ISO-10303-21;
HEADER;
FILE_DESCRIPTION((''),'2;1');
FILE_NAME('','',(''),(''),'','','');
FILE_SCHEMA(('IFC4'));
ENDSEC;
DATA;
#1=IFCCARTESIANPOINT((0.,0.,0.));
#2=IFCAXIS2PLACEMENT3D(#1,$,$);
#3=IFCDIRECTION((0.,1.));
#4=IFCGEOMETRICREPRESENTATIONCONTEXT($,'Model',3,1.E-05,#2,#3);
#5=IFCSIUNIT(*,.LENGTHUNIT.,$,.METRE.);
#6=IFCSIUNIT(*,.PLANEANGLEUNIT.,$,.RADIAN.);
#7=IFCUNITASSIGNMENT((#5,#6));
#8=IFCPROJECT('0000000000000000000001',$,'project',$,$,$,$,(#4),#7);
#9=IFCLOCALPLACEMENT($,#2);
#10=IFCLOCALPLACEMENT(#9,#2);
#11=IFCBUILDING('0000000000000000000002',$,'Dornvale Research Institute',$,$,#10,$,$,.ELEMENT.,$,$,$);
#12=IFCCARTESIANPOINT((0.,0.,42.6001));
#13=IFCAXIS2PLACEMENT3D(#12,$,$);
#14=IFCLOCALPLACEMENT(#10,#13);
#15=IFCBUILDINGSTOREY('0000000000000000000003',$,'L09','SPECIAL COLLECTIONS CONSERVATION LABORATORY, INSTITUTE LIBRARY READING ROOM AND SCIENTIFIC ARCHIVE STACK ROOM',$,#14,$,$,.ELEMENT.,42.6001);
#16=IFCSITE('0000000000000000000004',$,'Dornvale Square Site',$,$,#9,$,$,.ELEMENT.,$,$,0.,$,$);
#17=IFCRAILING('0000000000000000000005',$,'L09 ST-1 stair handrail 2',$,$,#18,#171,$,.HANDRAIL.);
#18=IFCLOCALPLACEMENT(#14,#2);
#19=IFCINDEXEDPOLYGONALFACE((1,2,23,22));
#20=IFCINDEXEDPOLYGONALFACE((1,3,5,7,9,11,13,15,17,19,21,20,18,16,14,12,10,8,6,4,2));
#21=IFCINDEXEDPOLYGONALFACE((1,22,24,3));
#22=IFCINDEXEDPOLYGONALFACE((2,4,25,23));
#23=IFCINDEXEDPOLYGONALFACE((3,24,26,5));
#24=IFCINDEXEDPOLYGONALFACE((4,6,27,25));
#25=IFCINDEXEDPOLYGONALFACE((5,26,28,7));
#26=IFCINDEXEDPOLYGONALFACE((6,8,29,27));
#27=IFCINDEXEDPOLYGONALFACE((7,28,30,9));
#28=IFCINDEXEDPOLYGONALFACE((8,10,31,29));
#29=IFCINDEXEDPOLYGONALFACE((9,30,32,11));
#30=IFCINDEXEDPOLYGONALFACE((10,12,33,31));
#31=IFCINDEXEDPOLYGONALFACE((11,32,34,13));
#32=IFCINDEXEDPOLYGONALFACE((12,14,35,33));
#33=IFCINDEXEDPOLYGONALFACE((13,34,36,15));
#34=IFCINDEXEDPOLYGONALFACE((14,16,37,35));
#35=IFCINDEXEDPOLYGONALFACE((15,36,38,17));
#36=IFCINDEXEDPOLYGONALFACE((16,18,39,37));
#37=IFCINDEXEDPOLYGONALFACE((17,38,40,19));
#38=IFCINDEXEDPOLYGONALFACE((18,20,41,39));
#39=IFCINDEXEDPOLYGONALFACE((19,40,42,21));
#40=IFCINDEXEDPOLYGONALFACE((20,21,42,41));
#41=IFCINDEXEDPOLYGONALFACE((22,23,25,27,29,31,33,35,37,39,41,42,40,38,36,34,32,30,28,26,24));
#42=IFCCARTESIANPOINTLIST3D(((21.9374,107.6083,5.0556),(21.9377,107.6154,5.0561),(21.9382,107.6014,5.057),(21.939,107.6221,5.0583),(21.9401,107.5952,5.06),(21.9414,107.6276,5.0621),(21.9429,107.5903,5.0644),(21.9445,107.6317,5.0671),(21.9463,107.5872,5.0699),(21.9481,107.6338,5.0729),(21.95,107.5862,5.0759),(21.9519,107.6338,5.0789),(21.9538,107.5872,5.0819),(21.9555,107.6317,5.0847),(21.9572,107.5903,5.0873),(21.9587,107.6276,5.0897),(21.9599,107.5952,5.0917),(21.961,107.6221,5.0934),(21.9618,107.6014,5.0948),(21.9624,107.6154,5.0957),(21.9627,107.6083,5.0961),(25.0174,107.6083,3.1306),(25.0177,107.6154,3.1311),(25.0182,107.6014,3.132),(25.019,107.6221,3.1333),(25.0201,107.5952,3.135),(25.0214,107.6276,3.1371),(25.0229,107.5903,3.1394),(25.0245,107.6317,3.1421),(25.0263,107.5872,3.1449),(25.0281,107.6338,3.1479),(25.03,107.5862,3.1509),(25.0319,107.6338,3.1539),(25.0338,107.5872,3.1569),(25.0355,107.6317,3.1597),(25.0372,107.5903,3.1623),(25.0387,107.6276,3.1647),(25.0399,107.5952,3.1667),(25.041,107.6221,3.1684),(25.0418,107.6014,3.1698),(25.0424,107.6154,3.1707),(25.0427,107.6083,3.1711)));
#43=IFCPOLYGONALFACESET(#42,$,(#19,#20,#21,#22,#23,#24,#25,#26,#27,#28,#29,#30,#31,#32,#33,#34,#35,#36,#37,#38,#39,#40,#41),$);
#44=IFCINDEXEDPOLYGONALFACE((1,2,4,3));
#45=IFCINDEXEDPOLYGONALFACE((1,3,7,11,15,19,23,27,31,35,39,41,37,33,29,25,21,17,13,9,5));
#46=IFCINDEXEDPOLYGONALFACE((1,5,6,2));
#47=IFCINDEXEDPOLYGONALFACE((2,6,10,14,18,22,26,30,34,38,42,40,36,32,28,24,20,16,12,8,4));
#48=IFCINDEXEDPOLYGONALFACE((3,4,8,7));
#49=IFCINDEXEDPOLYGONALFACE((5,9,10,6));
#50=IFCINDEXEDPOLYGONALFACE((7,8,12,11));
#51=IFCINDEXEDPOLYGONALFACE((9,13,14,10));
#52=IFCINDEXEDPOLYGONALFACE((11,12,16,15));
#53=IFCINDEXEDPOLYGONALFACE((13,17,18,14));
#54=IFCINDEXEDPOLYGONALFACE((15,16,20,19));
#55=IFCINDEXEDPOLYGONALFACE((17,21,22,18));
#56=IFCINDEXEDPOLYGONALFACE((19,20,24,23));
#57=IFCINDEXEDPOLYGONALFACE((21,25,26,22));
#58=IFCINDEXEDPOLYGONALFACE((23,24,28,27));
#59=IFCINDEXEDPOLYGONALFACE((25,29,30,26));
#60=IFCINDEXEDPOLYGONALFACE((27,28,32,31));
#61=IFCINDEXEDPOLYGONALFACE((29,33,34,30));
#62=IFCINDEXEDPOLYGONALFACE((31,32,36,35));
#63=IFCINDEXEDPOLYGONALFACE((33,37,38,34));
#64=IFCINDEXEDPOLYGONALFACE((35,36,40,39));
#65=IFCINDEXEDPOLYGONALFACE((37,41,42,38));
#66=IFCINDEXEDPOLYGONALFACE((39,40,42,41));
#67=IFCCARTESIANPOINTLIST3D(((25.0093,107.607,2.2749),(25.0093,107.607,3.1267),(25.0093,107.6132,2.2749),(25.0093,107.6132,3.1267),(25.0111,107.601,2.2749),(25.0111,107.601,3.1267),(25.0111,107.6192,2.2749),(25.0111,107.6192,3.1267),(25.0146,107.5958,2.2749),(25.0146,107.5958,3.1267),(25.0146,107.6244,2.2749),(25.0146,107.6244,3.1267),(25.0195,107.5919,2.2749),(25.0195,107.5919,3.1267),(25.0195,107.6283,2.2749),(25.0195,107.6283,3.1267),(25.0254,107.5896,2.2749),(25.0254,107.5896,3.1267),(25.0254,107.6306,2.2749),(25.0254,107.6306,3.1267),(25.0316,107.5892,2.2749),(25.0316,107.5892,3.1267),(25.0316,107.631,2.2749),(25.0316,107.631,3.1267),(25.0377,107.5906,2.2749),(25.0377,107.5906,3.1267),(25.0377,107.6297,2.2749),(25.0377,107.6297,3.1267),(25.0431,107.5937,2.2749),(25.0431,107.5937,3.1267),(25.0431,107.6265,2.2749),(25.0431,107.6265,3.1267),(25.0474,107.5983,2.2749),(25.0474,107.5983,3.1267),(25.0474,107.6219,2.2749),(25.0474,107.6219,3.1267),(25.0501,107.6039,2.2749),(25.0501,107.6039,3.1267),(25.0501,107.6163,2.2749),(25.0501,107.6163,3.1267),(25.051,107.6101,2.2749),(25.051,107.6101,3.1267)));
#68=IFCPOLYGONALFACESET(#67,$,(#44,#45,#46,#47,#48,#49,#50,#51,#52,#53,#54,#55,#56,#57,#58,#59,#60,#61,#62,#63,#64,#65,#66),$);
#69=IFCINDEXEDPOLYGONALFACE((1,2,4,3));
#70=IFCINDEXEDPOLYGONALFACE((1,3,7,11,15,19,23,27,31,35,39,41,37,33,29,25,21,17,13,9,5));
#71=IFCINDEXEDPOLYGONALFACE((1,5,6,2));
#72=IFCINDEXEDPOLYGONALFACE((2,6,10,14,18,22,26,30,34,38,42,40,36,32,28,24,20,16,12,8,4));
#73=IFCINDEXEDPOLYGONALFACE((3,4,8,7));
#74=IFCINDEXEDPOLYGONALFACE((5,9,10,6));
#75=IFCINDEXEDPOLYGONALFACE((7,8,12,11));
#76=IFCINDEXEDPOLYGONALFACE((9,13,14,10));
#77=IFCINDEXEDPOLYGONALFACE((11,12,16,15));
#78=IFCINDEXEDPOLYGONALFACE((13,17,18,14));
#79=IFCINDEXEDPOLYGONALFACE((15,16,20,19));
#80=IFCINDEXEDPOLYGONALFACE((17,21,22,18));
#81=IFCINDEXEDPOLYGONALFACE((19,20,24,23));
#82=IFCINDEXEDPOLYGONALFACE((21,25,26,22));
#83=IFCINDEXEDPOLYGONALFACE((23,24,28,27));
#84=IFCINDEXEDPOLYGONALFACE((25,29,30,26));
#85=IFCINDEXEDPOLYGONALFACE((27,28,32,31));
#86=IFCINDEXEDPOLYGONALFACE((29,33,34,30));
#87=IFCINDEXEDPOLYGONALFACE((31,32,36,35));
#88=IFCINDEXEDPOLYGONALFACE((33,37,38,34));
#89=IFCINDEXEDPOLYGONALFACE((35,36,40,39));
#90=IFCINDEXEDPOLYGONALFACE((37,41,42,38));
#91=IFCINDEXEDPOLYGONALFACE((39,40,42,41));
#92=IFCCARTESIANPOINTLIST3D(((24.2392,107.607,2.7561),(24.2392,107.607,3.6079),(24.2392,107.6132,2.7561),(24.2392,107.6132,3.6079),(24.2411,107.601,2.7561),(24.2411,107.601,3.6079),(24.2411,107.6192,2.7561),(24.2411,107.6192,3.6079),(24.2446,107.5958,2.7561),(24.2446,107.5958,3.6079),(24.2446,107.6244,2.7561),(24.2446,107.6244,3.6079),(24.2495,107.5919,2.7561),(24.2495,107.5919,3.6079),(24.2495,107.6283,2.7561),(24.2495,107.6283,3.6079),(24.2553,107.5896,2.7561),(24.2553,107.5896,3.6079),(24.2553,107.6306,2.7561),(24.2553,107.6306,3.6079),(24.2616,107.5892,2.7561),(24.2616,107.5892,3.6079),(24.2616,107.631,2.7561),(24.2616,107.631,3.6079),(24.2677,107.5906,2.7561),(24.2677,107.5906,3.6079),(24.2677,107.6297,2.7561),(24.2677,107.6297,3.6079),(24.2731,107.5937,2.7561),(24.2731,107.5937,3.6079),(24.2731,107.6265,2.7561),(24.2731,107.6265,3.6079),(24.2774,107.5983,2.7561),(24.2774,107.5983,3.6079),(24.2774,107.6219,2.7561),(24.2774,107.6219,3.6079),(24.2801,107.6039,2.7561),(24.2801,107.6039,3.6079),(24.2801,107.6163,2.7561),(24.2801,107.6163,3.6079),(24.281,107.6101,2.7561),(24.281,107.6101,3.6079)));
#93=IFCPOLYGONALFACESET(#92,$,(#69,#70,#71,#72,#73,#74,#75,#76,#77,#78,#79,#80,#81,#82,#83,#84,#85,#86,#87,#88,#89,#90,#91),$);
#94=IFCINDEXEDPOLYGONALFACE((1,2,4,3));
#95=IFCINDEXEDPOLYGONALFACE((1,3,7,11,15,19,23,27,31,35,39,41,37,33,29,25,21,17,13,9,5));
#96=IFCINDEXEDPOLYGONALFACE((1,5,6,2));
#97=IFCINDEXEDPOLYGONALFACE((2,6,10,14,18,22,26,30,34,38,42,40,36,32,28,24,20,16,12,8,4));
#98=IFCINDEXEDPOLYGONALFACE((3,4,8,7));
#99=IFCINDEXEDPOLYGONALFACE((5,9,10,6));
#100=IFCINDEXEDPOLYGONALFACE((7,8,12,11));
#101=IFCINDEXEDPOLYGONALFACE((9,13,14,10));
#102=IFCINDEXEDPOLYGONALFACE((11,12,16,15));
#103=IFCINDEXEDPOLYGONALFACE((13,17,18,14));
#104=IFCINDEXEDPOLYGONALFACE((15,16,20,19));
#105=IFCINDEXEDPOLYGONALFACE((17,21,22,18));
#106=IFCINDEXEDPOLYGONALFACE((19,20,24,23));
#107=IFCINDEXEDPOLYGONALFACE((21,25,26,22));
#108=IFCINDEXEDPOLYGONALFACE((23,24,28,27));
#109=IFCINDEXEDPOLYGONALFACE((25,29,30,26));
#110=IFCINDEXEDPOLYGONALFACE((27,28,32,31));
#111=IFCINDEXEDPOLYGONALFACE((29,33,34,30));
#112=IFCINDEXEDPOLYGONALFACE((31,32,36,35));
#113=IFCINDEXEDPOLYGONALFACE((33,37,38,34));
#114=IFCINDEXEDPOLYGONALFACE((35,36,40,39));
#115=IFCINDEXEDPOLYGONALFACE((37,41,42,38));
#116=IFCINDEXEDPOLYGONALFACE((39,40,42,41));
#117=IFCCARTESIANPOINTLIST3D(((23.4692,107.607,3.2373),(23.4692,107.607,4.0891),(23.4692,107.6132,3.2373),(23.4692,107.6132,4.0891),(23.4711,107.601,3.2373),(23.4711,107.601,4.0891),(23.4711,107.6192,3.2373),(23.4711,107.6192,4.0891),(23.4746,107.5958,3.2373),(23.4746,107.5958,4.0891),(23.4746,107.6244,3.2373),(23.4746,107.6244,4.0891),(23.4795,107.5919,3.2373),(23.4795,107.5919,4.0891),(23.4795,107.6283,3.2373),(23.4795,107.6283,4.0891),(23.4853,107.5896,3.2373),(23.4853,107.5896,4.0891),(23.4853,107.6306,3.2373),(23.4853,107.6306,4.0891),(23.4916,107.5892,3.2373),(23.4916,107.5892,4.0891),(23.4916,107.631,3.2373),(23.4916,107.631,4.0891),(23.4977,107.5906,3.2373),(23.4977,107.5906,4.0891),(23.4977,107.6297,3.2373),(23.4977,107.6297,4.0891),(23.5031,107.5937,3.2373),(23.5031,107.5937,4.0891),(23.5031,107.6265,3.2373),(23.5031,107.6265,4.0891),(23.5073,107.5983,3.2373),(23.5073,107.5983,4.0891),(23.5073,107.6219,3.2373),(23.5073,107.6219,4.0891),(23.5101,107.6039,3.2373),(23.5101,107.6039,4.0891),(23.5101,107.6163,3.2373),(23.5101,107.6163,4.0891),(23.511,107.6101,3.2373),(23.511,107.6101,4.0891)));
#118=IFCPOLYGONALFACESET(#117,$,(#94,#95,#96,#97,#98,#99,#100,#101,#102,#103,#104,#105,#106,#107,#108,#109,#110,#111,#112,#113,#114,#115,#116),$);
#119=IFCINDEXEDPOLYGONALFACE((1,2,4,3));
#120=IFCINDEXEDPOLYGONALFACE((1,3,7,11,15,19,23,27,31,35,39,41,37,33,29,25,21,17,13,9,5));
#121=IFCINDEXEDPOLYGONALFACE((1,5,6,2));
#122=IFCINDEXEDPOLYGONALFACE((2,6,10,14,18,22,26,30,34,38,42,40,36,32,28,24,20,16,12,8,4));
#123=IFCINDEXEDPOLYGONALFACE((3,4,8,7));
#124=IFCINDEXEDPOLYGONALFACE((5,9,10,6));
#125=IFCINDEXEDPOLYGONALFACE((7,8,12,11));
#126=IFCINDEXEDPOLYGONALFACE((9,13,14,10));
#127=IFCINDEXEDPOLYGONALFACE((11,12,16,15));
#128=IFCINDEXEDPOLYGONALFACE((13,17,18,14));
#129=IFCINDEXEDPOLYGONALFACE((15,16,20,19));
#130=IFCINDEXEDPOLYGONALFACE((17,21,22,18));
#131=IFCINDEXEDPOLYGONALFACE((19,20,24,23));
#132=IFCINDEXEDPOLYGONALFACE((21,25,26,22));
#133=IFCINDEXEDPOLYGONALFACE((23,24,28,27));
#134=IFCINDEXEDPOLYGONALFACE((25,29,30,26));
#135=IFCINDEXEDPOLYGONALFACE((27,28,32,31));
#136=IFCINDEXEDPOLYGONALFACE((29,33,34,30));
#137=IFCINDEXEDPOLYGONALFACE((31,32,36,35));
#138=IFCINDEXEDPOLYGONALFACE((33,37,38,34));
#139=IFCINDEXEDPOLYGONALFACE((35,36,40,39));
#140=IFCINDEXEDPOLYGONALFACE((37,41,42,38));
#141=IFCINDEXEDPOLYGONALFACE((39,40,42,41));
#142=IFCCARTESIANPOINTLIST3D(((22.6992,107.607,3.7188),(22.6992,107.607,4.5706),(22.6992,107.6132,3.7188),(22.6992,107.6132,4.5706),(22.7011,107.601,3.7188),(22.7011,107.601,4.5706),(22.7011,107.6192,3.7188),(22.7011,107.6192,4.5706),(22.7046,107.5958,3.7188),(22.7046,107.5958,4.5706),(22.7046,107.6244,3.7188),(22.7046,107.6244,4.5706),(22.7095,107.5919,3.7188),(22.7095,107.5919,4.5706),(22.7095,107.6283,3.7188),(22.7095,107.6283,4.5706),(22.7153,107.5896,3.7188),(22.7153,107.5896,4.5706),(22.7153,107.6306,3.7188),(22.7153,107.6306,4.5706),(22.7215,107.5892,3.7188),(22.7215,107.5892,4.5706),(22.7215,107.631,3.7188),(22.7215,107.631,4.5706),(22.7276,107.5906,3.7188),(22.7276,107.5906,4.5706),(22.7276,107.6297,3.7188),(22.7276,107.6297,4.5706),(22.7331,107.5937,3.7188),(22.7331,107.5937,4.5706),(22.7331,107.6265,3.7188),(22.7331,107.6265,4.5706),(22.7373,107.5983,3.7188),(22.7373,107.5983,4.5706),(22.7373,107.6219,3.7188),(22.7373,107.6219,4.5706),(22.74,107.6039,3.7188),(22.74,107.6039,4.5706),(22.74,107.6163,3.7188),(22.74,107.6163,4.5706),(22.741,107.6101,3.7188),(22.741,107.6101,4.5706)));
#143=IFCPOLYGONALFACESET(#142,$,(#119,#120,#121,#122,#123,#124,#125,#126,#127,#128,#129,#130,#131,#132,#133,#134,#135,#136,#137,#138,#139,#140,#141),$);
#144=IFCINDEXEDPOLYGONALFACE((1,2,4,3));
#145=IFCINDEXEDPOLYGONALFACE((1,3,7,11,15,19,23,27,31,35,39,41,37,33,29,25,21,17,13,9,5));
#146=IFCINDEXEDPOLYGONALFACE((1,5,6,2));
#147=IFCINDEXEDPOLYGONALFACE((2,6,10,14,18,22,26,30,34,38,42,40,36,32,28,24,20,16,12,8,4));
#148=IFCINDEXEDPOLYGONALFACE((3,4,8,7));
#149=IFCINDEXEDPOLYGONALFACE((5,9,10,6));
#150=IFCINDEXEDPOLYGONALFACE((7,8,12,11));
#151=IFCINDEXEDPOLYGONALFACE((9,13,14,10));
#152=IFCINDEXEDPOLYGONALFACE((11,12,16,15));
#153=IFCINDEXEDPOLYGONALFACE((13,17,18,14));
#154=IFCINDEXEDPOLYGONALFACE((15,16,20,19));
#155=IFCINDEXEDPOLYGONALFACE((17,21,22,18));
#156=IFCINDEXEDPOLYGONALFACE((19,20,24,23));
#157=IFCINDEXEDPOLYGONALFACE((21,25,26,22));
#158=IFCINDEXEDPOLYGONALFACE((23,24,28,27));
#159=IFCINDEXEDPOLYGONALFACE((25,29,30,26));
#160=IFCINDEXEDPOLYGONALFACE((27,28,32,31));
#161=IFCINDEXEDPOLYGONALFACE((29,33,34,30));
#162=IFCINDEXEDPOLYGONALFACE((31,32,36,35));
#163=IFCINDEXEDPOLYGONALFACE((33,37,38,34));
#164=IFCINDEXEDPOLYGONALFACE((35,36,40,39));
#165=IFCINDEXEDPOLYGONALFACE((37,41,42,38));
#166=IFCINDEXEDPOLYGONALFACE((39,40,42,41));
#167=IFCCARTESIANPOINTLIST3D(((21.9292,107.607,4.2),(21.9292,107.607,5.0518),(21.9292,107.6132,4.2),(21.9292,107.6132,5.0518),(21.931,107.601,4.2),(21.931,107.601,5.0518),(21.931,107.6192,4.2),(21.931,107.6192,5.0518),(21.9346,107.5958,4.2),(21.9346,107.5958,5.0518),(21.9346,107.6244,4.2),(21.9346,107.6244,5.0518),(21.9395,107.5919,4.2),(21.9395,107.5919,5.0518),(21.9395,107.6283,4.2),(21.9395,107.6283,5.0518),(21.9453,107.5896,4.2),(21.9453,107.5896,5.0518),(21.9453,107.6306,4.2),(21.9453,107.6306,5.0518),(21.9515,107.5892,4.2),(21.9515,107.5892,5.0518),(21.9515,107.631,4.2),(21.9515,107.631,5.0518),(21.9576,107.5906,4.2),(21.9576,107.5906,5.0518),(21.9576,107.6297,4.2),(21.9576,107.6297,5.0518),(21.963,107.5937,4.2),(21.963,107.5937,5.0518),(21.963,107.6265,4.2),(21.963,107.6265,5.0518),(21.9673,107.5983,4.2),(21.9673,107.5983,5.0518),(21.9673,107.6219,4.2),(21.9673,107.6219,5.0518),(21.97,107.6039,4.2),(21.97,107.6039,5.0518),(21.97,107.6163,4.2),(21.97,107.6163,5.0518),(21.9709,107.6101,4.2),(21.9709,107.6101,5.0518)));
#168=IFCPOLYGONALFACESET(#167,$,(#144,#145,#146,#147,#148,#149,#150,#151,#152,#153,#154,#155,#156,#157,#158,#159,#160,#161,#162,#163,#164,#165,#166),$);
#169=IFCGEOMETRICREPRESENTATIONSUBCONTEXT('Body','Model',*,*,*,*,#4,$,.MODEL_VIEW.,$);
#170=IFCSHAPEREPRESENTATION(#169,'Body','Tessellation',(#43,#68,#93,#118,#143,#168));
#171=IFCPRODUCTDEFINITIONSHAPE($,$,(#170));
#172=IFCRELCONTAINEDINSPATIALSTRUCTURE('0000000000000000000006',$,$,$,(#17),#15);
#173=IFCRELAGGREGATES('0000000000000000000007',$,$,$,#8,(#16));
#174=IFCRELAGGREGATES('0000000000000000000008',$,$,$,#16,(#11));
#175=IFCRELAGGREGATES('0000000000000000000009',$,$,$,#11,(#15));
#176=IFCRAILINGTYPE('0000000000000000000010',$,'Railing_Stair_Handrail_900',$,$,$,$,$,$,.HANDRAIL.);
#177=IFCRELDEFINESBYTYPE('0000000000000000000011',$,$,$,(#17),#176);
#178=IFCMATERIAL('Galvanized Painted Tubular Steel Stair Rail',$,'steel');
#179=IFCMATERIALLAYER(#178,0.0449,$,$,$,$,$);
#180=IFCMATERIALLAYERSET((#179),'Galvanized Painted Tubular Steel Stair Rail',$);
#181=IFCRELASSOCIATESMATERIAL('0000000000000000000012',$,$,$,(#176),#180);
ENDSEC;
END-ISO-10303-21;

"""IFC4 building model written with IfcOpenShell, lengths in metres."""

from ifc_helpers import new_model, si_unit, direction, frame, origin, origin_2d, place, context, subcontext, project, spatial, circle, extrude, material, layer, layer_set, type_object, element, save


model = new_model("IFC4")

# Units and contexts
model_context = context("Model", 3, precision=1e-05, world=origin(), true_north=direction((0.0, 1.0)))
body_context = subcontext(model_context, "Body", "Model", "MODEL_VIEW")
ifc_project = project(units=[si_unit("LENGTHUNIT", "METRE"), si_unit("PLANEANGLEUNIT", "RADIAN")], contexts=[model_context])

# Site, building, storey
site_placement = place(None, origin())
site = spatial("IfcSite", under=ifc_project, at=site_placement, Name="Dornvale Square Site", CompositionType="ELEMENT", RefElevation=0.0)
building_placement = place(site_placement, origin())
building = spatial("IfcBuilding", under=site, at=building_placement, Name="Dornvale Research Institute", CompositionType="ELEMENT")
storey_placement = place(building_placement, frame((0.0, 0.0, 42.6001)))
storey = spatial("IfcBuildingStorey", under=building, at=storey_placement, Name="L09", Description="SPECIAL COLLECTIONS CONSERVATION LABORATORY, INSTITUTE LIBRARY READING ROOM AND SCIENTIFIC ARCHIVE STACK ROOM", CompositionType="ELEMENT", Elevation=42.6001)

# Railing
ifc_material_1 = material(Name="Galvanized Painted Tubular Steel Stair Rail", Category="steel")
ifc_layer_1 = layer(ifc_material_1, 0.0449)
ifc_layer_set_1 = layer_set([ifc_layer_1], Name="Galvanized Painted Tubular Steel Stair Rail")
railing_type_1 = type_object("IfcRailingType", Name="Railing_Stair_Handrail_900", PredefinedType="HANDRAIL", material=ifc_layer_set_1)
railing_1_placement = place(storey_placement, frame((25.03, 107.6101, 2.2749)))
element("IfcRailing", 1, at=railing_1_placement, inside=storey, type_object=railing_type_1, Name="L09 ST-1 stair handrail 2", PredefinedType="HANDRAIL", context=body_context, shape_type="SweptSolid", body=[
    extrude(circle(Radius=0.0239, at=origin_2d()), frame((0.0, 0.0, 0.876), z_axis=(-0.847998, 0.0, 0.529999), x_axis=(0.0, -1.0, 0.0)), (0.0, 0.0, 1.0), 3.6321),
    extrude(circle(Radius=0.021, at=origin_2d()), origin(), (0.0, 0.0, 1.0), 0.8518),
    extrude(circle(Radius=0.021, at=origin_2d()), frame((-0.77, 0.0, 0.4812)), (0.0, 0.0, 1.0), 0.8518),
    extrude(circle(Radius=0.021, at=origin_2d()), frame((-1.54, 0.0, 0.9624)), (0.0, 0.0, 1.0), 0.8518),
    extrude(circle(Radius=0.021, at=origin_2d()), frame((-2.3101, 0.0, 1.4438)), (0.0, 0.0, 1.0), 0.8518),
    extrude(circle(Radius=0.021, at=origin_2d()), frame((-3.0801, 0.0, 1.925)), (0.0, 0.0, 1.0), 0.8518),
])

save(model, "model.ifc")
